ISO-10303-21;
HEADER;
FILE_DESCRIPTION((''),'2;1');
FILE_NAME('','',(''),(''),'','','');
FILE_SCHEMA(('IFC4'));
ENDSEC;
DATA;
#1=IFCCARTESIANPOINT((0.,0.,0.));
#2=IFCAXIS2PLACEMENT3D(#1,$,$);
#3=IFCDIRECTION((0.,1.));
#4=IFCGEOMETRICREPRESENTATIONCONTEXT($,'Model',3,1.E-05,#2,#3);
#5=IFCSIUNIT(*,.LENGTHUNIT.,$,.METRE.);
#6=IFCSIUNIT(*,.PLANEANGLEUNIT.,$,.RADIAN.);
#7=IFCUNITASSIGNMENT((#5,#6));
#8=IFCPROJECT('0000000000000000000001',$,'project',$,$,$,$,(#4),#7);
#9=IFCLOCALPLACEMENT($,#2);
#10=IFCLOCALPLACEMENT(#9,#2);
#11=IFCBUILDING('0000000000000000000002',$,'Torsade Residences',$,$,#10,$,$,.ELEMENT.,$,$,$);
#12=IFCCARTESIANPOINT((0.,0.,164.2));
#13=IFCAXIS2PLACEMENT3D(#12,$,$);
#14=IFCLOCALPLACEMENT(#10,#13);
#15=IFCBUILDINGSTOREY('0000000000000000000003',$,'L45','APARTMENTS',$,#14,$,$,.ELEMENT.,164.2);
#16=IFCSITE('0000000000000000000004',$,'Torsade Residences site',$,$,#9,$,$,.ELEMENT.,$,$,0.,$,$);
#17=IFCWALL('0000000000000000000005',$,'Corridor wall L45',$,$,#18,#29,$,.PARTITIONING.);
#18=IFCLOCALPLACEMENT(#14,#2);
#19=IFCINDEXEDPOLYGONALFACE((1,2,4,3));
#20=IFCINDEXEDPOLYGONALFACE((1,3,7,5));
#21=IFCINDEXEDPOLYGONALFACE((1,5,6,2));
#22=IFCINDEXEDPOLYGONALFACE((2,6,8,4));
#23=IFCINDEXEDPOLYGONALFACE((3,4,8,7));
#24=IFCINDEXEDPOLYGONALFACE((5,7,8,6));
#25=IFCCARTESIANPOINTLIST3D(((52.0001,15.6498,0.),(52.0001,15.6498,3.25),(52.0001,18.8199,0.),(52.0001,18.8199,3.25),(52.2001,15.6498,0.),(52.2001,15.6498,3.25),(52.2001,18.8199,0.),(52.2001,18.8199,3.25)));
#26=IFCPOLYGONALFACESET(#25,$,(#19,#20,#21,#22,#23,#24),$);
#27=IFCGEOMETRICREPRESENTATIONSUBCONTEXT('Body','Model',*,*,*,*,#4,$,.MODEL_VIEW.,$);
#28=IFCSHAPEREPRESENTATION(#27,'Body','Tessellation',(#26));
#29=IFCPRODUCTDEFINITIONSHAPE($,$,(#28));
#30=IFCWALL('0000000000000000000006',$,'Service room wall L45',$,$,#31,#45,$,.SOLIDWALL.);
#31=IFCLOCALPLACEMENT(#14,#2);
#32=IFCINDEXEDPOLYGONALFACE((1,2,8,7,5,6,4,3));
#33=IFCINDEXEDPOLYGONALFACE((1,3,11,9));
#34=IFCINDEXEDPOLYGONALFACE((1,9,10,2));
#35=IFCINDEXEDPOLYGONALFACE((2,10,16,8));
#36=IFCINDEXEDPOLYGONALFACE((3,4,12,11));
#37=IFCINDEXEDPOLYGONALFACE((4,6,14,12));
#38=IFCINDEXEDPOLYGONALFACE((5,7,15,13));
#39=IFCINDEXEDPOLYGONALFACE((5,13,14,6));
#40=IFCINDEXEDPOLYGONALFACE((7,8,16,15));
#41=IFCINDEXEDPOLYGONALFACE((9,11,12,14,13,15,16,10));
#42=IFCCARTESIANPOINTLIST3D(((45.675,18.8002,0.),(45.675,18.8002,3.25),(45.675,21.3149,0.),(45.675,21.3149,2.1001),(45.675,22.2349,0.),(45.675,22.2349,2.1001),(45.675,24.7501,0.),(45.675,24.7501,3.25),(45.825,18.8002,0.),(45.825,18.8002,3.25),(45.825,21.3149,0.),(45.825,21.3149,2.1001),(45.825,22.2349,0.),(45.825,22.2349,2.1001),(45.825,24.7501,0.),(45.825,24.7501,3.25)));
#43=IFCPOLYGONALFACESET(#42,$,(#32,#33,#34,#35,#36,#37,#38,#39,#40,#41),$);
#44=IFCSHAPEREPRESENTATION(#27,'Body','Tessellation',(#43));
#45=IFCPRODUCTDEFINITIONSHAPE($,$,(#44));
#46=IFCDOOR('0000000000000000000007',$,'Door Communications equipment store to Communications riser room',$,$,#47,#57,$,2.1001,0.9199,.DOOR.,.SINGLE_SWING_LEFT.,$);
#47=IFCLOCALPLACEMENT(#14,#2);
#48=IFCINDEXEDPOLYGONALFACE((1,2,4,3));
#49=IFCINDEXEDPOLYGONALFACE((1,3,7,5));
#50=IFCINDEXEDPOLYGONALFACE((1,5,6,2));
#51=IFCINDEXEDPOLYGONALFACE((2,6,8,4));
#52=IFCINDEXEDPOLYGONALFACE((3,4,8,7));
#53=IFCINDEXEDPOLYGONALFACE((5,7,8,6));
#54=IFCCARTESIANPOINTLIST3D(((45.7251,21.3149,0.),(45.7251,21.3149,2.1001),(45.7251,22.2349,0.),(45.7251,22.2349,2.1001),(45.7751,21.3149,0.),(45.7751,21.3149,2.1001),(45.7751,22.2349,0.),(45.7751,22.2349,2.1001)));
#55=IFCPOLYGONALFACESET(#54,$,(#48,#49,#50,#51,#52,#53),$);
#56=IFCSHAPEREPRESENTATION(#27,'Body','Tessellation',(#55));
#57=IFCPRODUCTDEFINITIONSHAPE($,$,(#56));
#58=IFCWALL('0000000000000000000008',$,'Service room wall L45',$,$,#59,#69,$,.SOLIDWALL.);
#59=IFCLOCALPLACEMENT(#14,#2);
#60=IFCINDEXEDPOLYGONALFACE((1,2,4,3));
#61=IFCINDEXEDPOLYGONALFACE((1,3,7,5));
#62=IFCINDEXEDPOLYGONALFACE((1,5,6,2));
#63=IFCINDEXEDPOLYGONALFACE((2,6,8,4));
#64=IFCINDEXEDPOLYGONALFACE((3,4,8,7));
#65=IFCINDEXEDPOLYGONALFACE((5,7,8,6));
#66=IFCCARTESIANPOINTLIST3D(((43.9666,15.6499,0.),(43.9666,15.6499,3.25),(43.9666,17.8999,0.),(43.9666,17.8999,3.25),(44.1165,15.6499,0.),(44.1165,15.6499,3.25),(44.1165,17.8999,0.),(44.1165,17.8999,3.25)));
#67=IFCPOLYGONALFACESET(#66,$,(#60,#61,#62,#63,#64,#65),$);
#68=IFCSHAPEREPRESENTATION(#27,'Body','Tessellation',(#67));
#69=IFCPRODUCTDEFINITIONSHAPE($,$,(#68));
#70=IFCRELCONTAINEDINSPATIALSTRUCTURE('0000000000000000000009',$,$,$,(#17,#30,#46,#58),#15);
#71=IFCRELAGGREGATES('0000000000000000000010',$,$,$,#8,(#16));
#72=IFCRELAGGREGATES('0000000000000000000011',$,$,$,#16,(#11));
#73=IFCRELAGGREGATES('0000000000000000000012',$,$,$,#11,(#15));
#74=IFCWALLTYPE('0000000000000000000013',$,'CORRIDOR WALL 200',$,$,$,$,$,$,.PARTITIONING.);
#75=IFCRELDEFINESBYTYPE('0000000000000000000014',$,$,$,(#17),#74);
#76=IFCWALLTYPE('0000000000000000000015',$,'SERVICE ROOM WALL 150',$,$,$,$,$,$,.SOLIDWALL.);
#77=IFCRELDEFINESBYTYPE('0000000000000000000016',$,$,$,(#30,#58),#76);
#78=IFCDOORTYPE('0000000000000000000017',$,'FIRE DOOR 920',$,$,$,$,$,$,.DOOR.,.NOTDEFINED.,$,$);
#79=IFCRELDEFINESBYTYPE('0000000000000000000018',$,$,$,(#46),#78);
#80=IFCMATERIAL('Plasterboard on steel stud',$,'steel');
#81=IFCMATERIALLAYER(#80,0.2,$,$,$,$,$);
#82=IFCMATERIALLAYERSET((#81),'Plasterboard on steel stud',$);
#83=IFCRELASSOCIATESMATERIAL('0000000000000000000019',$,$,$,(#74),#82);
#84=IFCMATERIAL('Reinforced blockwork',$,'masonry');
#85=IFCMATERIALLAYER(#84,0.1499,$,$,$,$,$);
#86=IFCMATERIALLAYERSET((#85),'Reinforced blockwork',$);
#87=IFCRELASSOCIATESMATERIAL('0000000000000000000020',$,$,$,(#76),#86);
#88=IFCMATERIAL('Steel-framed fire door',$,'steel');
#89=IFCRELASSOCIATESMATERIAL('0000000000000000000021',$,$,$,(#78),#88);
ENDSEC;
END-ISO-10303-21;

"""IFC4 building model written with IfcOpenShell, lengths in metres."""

from ifc_helpers import new_model, si_unit, direction, frame, frame_2d, origin, place, context, subcontext, project, spatial, rectangle, extrude, material, layer, layer_set, type_object, element, fill, save


model = new_model("IFC4")

# Units and contexts
model_context = context("Model", 3, precision=1e-05, world=origin(), true_north=direction((0.0, 1.0)))
body_context = subcontext(model_context, "Body", "Model", "MODEL_VIEW")
ifc_project = project(units=[si_unit("LENGTHUNIT", "METRE"), si_unit("PLANEANGLEUNIT", "RADIAN")], contexts=[model_context])

# Site, building, storey
site_placement = place(None, origin())
site = spatial("IfcSite", under=ifc_project, at=site_placement, Name="Torsade Residences site", CompositionType="ELEMENT", RefElevation=0.0)
building_placement = place(site_placement, origin())
building = spatial("IfcBuilding", under=site, at=building_placement, Name="Torsade Residences", CompositionType="ELEMENT")
storey_placement = place(building_placement, frame((0.0, 0.0, 164.2)))
storey = spatial("IfcBuildingStorey", under=building, at=storey_placement, Name="L45", Description="APARTMENTS", CompositionType="ELEMENT", Elevation=164.2)

# Wall
ifc_material_1 = material(Name="Plasterboard on steel stud", Category="steel")
ifc_layer_1 = layer(ifc_material_1, 0.2)
ifc_layer_set_1 = layer_set([ifc_layer_1], Name="Plasterboard on steel stud")
wall_type_1 = type_object("IfcWallType", Name="CORRIDOR WALL 200", PredefinedType="PARTITIONING", material=ifc_layer_set_1)
wall_1_placement = place(storey_placement, frame((52.1001, 15.6499, 0.0), z_axis=(0.0, 0.0, 1.0), x_axis=(0.0, 1.0, 0.0)))
element("IfcWall", 1, at=wall_1_placement, inside=storey, type_object=wall_type_1, Name="Corridor wall L45", PredefinedType="PARTITIONING", context=body_context, shape_type="SweptSolid", body=[
    extrude(rectangle(XDim=3.1702, YDim=0.2, at=frame_2d((1.585, 0.0))), origin(), (0.0, 0.0, 1.0), 3.25),
])

# Wall, opening, door
ifc_material_2 = material(Name="Reinforced blockwork", Category="masonry")
ifc_layer_2 = layer(ifc_material_2, 0.1499)
ifc_layer_set_2 = layer_set([ifc_layer_2], Name="Reinforced blockwork")
wall_type_2 = type_object("IfcWallType", Name="SERVICE ROOM WALL 150", PredefinedType="SOLIDWALL", material=ifc_layer_set_2)
wall_2_placement = place(storey_placement, frame((45.75, 18.8, 0.0), z_axis=(0.0, 0.0, 1.0), x_axis=(0.0, 1.0, 0.0)))
wall_2 = element("IfcWall", 2, at=wall_2_placement, inside=storey, type_object=wall_type_2, Name="Service room wall L45", PredefinedType="SOLIDWALL", context=body_context, shape_type="SweptSolid", body=[
    extrude(rectangle(XDim=5.95, YDim=0.1499, at=frame_2d((2.9751, 0.0))), origin(), (0.0, 0.0, 1.0), 3.25),
])
opening_1_placement = place(wall_2_placement, frame((2.5149, 0.0, 0.0)))
opening_1 = element("IfcOpeningElement", 3, at=opening_1_placement, cuts=wall_2, PredefinedType="OPENING", context=body_context, shape_type="SweptSolid", body=[
    extrude(rectangle(XDim=0.9199, YDim=2.1001, at=frame_2d((0.46, 1.05))), frame((0.0, 0.085, 0.0), z_axis=(0.0, -1.0, 0.0), x_axis=(1.0, 0.0, 0.0)), (0.0, 0.0, 1.0), 0.1699),
])
ifc_material_3 = material(Name="Steel-framed fire door", Category="steel")
door_type_1 = type_object("IfcDoorType", Name="FIRE DOOR 920", OperationType="NOTDEFINED", PredefinedType="DOOR", material=ifc_material_3)
door_1_placement = place(opening_1_placement, origin())
door_1 = element("IfcDoor", 4, at=door_1_placement, inside=storey, type_object=door_type_1, Name="Door Communications equipment store to Communications riser room", OperationType="SINGLE_SWING_LEFT", OverallHeight=2.1001, OverallWidth=0.9199, PredefinedType="DOOR", context=body_context, shape_type="SweptSolid", body=[
    extrude(rectangle(XDim=0.9199, YDim=2.1001, at=frame_2d((0.46, 1.05))), frame((0.0, 0.0249, 0.0), z_axis=(0.0, -1.0, 0.0), x_axis=(1.0, 0.0, 0.0)), (0.0, 0.0, 1.0), 0.05),
])
fill(opening_1, door_1)

# Wall
wall_3_placement = place(storey_placement, frame((44.0415, 15.6499, 0.0), z_axis=(0.0, 0.0, 1.0), x_axis=(0.0, 1.0, 0.0)))
element("IfcWall", 5, at=wall_3_placement, inside=storey, type_object=wall_type_2, Name="Service room wall L45", PredefinedType="SOLIDWALL", context=body_context, shape_type="SweptSolid", body=[
    extrude(rectangle(XDim=2.25, YDim=0.1499, at=frame_2d((1.125, 0.0))), origin(), (0.0, 0.0, 1.0), 3.25),
])

save(model, "model.ifc")
